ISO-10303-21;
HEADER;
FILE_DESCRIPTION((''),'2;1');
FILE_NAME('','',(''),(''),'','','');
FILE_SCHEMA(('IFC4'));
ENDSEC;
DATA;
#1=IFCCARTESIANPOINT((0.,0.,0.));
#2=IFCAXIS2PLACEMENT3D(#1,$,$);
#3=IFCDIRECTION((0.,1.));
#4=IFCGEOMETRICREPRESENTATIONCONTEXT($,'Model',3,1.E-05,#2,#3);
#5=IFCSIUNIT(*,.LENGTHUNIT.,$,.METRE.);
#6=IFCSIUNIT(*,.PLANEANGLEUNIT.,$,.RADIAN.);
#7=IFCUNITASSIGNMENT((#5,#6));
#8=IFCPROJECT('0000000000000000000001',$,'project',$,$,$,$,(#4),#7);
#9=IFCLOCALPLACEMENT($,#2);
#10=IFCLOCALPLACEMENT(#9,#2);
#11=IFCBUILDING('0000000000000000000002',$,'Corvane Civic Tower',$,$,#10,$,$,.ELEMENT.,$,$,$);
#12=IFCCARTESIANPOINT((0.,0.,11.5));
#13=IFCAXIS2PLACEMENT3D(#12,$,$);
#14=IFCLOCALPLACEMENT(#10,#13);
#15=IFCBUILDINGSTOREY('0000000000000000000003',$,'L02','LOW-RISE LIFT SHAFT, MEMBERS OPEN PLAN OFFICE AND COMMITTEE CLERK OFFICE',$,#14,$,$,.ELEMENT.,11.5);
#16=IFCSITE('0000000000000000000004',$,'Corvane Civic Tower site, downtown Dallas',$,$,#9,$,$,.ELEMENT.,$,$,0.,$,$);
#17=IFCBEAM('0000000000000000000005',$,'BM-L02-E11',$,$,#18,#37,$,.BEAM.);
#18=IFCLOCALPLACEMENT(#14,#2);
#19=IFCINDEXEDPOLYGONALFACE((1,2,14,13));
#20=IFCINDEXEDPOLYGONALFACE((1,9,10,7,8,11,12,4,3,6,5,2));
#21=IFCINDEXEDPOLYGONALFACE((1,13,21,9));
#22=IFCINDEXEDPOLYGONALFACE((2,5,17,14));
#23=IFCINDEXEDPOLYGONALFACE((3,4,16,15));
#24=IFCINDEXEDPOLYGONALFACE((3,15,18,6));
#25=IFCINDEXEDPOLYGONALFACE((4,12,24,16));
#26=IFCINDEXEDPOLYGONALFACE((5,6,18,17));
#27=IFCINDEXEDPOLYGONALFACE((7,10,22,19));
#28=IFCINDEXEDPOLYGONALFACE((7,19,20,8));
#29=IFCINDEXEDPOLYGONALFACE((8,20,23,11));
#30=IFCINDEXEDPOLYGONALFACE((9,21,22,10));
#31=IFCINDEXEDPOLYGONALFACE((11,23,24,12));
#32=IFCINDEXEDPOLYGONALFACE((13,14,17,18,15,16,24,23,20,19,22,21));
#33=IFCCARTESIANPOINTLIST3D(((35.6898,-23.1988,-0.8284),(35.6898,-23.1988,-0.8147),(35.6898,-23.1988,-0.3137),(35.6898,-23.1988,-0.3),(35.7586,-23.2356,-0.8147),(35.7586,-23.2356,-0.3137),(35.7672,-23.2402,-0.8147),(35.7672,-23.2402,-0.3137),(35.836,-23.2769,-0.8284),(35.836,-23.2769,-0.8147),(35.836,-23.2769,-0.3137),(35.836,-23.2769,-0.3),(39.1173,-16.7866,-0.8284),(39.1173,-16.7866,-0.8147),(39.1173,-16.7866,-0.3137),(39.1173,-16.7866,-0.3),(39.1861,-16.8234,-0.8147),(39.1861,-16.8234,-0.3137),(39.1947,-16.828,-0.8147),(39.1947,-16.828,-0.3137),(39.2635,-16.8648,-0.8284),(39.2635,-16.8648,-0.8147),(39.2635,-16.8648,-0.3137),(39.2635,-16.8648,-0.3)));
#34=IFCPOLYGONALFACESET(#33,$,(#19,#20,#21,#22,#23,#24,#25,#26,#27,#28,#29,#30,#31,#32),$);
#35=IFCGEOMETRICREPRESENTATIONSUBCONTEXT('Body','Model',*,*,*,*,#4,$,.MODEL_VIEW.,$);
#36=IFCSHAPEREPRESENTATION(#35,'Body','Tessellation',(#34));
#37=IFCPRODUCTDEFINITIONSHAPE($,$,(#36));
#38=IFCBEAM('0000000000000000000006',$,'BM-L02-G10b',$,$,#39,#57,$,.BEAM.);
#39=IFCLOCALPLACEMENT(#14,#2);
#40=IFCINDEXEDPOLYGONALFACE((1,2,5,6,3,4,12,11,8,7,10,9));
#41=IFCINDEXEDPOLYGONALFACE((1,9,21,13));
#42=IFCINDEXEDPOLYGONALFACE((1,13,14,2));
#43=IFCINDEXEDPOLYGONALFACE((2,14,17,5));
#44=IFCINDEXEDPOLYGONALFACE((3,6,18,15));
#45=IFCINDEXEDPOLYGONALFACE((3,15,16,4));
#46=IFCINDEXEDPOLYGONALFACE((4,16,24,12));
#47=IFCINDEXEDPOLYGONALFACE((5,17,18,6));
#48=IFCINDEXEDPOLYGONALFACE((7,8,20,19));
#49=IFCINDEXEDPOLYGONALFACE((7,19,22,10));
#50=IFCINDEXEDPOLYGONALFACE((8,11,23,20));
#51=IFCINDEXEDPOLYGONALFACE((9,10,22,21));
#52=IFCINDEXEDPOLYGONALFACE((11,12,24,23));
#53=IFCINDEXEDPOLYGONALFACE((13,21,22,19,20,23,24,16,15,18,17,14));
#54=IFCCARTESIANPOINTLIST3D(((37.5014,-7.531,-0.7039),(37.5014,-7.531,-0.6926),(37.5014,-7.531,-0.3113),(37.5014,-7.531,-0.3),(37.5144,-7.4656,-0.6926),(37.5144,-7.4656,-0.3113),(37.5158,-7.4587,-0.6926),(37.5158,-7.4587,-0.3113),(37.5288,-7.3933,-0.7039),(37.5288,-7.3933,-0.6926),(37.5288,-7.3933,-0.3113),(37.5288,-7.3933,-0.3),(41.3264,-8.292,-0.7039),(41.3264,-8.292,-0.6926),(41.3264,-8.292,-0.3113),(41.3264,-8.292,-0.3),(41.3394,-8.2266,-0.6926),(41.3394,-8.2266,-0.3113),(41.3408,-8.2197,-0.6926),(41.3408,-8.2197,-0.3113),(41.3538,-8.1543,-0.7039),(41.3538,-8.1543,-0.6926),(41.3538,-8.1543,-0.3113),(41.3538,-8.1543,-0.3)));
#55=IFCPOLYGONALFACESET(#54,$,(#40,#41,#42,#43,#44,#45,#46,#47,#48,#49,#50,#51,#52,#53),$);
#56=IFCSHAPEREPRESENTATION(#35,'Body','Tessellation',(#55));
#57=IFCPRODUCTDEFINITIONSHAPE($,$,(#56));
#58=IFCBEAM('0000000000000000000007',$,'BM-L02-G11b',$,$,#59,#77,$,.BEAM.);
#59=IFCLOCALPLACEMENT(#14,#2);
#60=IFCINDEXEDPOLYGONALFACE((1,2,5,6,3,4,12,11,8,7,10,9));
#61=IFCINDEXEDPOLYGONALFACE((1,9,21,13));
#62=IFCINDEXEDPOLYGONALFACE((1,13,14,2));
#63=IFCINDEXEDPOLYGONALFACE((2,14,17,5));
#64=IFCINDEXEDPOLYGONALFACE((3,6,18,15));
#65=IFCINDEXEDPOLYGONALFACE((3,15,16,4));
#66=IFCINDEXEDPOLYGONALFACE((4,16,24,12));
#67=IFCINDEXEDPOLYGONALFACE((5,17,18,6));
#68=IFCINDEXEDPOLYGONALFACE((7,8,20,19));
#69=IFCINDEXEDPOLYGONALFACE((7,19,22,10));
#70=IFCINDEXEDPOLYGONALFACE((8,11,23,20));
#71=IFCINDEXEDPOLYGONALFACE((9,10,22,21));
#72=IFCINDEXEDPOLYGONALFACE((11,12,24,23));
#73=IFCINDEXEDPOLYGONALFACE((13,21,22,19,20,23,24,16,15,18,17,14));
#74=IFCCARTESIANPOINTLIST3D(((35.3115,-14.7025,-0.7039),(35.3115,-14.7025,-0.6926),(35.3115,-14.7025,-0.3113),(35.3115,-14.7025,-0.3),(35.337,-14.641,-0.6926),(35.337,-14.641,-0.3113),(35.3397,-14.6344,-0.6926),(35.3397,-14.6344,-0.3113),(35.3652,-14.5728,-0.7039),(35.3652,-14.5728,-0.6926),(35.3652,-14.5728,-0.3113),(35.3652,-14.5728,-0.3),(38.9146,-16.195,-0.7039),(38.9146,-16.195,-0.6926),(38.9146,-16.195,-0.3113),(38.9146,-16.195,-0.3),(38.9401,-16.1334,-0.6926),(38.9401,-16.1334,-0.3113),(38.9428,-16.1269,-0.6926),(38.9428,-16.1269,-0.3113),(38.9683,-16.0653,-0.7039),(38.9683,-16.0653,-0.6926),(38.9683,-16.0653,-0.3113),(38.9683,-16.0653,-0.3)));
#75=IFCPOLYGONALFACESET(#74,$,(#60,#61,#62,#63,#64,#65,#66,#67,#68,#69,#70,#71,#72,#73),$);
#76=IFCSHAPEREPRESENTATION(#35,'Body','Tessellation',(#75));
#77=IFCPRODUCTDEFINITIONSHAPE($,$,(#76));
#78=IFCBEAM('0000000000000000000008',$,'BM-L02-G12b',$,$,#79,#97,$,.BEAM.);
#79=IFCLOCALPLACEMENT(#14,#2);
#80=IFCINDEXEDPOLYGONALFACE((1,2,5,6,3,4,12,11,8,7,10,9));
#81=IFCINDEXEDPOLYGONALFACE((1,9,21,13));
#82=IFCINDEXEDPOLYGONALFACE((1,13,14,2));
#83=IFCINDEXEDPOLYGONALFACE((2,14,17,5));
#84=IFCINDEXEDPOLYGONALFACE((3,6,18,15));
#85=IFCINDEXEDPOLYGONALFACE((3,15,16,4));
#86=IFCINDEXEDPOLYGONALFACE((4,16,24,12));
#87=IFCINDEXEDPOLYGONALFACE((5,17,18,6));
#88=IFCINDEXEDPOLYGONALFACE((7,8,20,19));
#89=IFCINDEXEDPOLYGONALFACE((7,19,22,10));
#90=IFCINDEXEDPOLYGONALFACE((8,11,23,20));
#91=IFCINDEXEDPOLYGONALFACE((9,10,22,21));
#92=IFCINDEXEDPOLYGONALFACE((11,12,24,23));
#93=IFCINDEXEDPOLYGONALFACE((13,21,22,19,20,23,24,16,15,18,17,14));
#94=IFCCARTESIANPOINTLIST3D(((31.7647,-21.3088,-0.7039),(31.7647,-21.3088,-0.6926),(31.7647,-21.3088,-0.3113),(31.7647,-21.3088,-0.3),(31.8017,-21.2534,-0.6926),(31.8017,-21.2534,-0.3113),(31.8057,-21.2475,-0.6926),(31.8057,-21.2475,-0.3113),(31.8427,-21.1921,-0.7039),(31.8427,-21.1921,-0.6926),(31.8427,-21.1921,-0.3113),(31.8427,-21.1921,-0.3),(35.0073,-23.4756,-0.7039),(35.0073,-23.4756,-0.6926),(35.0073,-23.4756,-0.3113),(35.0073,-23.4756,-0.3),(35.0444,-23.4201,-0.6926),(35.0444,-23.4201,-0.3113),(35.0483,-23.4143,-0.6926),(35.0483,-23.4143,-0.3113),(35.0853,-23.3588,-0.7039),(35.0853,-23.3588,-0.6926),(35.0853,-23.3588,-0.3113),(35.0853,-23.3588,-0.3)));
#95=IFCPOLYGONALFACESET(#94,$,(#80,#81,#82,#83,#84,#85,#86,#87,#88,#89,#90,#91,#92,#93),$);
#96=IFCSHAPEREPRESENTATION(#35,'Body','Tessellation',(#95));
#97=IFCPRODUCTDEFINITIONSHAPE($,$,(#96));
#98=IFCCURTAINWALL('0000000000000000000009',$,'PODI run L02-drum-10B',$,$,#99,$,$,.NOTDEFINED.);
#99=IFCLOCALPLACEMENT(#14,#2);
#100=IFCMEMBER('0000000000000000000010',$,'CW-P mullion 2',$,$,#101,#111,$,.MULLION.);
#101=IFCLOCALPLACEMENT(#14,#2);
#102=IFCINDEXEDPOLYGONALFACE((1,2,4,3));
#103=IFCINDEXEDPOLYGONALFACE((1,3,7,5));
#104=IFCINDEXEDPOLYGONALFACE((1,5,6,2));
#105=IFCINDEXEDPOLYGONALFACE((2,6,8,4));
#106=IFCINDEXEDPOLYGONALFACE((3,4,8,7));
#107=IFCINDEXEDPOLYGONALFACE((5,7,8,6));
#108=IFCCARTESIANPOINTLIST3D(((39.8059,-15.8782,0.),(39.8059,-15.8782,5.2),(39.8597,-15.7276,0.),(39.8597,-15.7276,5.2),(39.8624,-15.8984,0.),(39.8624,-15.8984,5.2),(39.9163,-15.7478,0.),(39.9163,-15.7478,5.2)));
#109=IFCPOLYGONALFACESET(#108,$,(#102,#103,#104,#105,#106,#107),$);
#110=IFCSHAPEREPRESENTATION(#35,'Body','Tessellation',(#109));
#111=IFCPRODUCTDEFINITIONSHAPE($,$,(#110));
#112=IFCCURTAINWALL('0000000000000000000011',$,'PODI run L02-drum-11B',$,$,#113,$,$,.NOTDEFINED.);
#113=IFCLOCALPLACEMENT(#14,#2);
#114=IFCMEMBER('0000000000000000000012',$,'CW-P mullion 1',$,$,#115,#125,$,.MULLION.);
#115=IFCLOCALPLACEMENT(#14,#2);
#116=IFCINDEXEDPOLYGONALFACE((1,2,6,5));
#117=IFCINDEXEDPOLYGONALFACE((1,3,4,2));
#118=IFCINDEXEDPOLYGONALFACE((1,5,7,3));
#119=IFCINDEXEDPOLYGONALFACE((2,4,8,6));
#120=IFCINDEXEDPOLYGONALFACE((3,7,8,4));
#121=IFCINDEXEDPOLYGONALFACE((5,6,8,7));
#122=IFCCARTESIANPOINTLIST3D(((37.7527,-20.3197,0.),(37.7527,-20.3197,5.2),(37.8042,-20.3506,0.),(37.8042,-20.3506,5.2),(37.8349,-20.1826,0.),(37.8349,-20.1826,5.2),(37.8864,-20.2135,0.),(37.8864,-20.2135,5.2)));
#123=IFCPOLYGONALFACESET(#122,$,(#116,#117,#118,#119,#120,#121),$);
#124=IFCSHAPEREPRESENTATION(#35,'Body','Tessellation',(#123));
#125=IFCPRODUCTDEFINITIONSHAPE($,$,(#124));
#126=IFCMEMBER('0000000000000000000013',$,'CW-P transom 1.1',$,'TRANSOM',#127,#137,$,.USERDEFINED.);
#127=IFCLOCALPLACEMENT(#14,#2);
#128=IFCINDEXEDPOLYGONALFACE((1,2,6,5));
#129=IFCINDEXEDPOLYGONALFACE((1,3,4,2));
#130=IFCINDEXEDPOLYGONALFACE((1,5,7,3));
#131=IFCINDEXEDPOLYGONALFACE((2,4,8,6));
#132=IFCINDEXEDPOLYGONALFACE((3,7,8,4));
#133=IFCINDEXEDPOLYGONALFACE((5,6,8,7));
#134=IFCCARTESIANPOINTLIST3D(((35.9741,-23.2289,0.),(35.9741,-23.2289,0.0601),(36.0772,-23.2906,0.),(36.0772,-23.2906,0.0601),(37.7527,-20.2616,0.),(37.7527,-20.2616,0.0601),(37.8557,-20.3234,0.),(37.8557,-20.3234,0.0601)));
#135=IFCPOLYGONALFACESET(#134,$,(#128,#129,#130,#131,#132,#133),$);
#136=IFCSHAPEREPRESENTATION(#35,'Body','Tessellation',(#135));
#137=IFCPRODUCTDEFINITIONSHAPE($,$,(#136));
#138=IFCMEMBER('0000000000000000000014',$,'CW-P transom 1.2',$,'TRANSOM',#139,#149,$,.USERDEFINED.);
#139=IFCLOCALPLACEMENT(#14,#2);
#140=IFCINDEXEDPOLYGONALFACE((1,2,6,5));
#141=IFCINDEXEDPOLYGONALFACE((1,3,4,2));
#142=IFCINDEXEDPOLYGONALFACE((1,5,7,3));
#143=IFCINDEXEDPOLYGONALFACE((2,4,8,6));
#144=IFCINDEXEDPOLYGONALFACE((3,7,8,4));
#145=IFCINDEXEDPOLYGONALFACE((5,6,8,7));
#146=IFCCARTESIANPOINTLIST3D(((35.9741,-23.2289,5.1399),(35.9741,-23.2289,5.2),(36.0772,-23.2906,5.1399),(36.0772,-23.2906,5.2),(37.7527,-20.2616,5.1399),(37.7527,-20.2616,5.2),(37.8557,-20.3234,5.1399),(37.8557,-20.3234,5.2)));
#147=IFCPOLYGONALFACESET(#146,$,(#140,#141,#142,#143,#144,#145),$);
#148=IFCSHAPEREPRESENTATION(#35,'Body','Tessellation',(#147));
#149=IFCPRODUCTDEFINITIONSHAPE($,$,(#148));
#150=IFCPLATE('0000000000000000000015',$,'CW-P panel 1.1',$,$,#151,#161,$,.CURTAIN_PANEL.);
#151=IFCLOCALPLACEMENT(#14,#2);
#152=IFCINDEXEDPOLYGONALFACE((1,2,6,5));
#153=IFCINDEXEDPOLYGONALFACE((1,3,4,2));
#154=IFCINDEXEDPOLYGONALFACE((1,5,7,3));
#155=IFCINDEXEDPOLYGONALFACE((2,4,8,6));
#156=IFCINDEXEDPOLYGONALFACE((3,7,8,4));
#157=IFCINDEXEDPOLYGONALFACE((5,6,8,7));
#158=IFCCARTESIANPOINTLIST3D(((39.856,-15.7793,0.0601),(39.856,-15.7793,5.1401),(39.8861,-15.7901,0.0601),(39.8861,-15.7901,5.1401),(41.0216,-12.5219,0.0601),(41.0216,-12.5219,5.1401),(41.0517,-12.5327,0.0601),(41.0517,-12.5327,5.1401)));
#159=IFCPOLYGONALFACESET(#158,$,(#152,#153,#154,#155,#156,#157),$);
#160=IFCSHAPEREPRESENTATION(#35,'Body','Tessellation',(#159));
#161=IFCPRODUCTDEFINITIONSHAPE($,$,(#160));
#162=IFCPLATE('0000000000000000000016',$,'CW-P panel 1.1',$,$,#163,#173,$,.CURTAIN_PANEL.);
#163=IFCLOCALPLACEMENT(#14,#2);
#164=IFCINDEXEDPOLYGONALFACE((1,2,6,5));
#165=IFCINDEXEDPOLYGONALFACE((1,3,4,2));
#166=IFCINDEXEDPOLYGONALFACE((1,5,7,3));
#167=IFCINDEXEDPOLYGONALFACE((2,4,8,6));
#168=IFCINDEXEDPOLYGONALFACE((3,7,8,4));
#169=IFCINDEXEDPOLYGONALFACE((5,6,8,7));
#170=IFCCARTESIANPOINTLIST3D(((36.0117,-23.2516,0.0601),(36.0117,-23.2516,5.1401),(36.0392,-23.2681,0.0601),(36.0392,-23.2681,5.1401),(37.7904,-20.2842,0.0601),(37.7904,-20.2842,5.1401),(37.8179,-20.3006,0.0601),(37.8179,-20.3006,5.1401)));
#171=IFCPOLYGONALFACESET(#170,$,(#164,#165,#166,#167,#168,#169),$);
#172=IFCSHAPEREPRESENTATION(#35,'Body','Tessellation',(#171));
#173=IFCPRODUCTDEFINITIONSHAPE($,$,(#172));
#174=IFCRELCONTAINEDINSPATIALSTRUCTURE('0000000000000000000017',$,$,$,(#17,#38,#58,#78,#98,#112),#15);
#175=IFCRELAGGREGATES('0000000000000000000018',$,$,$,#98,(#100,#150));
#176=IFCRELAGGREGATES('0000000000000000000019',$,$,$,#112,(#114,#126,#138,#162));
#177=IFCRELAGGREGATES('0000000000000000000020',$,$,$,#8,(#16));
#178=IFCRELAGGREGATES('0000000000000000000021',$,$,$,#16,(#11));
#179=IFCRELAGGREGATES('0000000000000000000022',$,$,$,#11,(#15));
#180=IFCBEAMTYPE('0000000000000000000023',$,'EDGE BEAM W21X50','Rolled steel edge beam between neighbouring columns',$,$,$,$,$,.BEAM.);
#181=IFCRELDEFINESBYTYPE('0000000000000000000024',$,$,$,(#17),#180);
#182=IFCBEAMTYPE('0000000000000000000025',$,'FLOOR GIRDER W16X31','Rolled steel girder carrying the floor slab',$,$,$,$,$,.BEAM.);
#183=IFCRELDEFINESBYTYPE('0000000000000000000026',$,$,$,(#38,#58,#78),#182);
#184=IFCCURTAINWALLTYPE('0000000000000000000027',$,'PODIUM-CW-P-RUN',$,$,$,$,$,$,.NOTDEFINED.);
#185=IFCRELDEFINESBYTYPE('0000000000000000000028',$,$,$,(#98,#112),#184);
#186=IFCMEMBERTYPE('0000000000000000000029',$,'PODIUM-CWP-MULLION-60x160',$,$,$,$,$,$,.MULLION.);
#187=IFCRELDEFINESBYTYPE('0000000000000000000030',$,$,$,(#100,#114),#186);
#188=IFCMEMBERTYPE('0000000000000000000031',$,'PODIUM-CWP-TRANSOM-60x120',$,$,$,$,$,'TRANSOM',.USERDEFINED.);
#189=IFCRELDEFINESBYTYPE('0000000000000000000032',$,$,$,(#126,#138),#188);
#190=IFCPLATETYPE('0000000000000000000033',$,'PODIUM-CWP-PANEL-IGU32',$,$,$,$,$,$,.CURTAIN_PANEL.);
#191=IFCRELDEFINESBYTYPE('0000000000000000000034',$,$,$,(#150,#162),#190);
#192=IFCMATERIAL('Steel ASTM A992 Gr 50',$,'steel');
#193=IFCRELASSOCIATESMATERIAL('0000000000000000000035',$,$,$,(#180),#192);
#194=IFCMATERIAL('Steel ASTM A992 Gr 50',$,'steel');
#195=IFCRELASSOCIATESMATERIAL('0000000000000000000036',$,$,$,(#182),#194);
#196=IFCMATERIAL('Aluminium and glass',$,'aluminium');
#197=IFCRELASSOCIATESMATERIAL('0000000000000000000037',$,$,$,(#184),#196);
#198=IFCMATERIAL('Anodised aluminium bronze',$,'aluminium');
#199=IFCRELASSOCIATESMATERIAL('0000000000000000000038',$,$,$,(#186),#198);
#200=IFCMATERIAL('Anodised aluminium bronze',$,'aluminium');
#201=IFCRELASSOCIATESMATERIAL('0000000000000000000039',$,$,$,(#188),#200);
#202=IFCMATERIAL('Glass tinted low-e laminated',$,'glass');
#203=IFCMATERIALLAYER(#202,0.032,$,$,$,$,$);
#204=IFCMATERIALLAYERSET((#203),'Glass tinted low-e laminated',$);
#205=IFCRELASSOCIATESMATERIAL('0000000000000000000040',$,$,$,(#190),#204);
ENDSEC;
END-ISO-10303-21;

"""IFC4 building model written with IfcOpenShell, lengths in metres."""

from ifc_helpers import new_model, si_unit, direction, frame, origin, origin_2d, place, context, subcontext, project, spatial, rectangle, i_section, extrude, material, layer, layer_set, material_profile, profile_set, type_object, element, aggregate, save


model = new_model("IFC4")

# Units and contexts
model_context = context("Model", 3, precision=1e-05, world=origin(), true_north=direction((0.0, 1.0)))
body_context = subcontext(model_context, "Body", "Model", "MODEL_VIEW")
ifc_project = project(units=[si_unit("LENGTHUNIT", "METRE"), si_unit("PLANEANGLEUNIT", "RADIAN")], contexts=[model_context])

# Site, building, storey
site_placement = place(None, origin())
site = spatial("IfcSite", under=ifc_project, at=site_placement, Name="Corvane Civic Tower site, downtown Dallas", CompositionType="ELEMENT", RefElevation=0.0)
building_placement = place(site_placement, origin())
building = spatial("IfcBuilding", under=site, at=building_placement, Name="Corvane Civic Tower", CompositionType="ELEMENT")
storey_placement = place(building_placement, frame((0.0, 0.0, 11.5)))
storey = spatial("IfcBuildingStorey", under=building, at=storey_placement, Name="L02", Description="LOW-RISE LIFT SHAFT, MEMBERS OPEN PLAN OFFICE AND COMMITTEE CLERK OFFICE", CompositionType="ELEMENT", Elevation=11.5)

# Beams
ifc_material_1 = material(Name="Steel ASTM A992 Gr 50", Category="steel")
ifc_material_profile_1 = material_profile(ifc_material_1, i_section(OverallWidth=0.1658, OverallDepth=0.5283, WebThickness=0.0098, FlangeThickness=0.0137, at=origin_2d()), Name="W21X50")
ifc_profile_set_1 = profile_set([ifc_material_profile_1], Name="Steel ASTM A992 Gr 50")
beam_type_1 = type_object("IfcBeamType", Name="EDGE BEAM W21X50", Description="Rolled steel edge beam between neighbouring columns", PredefinedType="BEAM", material=ifc_profile_set_1)
beam_placement = place(storey_placement, frame((39.1904, -16.8257, -0.5642), z_axis=(-0.471412, -0.881913, 0.0), x_axis=(0.881913, -0.471412, 0.0)))
element("IfcBeam", 1, at=beam_placement, inside=storey, type_object=beam_type_1, Name="BM-L02-E11", PredefinedType="BEAM", context=body_context, shape_type="SweptSolid", body=[
    extrude(i_section(OverallWidth=0.1658, OverallDepth=0.5283, WebThickness=0.0098, FlangeThickness=0.0137, at=origin_2d()), origin(), (0.0, 0.0, 1.0), 7.2708),
])
ifc_material_2 = material(Name="Steel ASTM A992 Gr 50", Category="steel")
ifc_material_profile_2 = material_profile(ifc_material_2, i_section(OverallWidth=0.1404, OverallDepth=0.4038, WebThickness=0.0071, FlangeThickness=0.0112, at=origin_2d()), Name="W16X31")
ifc_profile_set_2 = profile_set([ifc_material_profile_2], Name="Steel ASTM A992 Gr 50")
beam_type_2 = type_object("IfcBeamType", Name="FLOOR GIRDER W16X31", Description="Rolled steel girder carrying the floor slab", PredefinedType="BEAM", material=ifc_profile_set_2)
for number, where, z_axis, x_axis, name in (
    (2, (37.5151, -7.4622, -0.502), (0.980778, -0.195129, 0.0), (0.195129, 0.980778, 0.0), "BM-L02-G10b"),
    (3, (35.3384, -14.6377, -0.502), (0.923879, -0.382685, 0.0), (0.382685, 0.923879, 0.0), "BM-L02-G11b"),
    (4, (31.8037, -21.2505, -0.502), (0.831462, -0.555581, 0.0), (0.555581, 0.831462, 0.0), "BM-L02-G12b"),
):
    element("IfcBeam", number, at=place(storey_placement, frame(where, z_axis=z_axis, x_axis=x_axis)), inside=storey, type_object=beam_type_2, Name=name, PredefinedType="BEAM", context=body_context, shape_type="SweptSolid", body=[
        extrude(i_section(OverallWidth=0.1404, OverallDepth=0.4038, WebThickness=0.0071, FlangeThickness=0.0112, at=origin_2d()), origin(), (0.0, 0.0, 1.0), 3.8999),
    ])

# Curtain wall, member
ifc_material_3 = material(Name="Aluminium and glass", Category="aluminium")
curtain_wall_type = type_object("IfcCurtainWallType", Name="PODIUM-CW-P-RUN", PredefinedType="NOTDEFINED", material=ifc_material_3)
curtain_wall_1_placement = place(storey_placement, origin())
curtain_wall_1 = element("IfcCurtainWall", 5, at=curtain_wall_1_placement, inside=storey, type_object=curtain_wall_type, Name="PODI run L02-drum-10B", PredefinedType="NOTDEFINED")
ifc_material_4 = material(Name="Anodised aluminium bronze", Category="aluminium")
ifc_material_profile_3 = material_profile(ifc_material_4, rectangle(XDim=0.0601, YDim=0.1599, at=origin_2d()), Name="AL 60x160")
ifc_profile_set_3 = profile_set([ifc_material_profile_3], Name="Anodised aluminium bronze")
member_type_1 = type_object("IfcMemberType", Name="PODIUM-CWP-MULLION-60x160", PredefinedType="MULLION", material=ifc_profile_set_3)
member_1_placement = place(storey_placement, frame((39.8611, -15.813, 0.0), z_axis=(0.0, 0.0, 1.0), x_axis=(0.941534, -0.336919, 0.0)))
member_1 = element("IfcMember", 6, at=member_1_placement, type_object=member_type_1, Name="CW-P mullion 2", PredefinedType="MULLION", context=body_context, shape_type="SweptSolid", body=[
    extrude(rectangle(XDim=0.0601, YDim=0.1599, at=origin_2d()), origin(), (0.0, 0.0, 1.0), 5.2),
])

# Curtain wall, members
curtain_wall_2_placement = place(storey_placement, origin())
curtain_wall_2 = element("IfcCurtainWall", 7, at=curtain_wall_2_placement, inside=storey, type_object=curtain_wall_type, Name="PODI run L02-drum-11B", PredefinedType="NOTDEFINED")
member_2_placement = place(storey_placement, frame((37.8196, -20.2666, 0.0), z_axis=(0.0, 0.0, 1.0), x_axis=(0.85772, -0.514118, 0.0)))
member_2 = element("IfcMember", 8, at=member_2_placement, type_object=member_type_1, Name="CW-P mullion 1", PredefinedType="MULLION", context=body_context, shape_type="SweptSolid", body=[
    extrude(rectangle(XDim=0.0601, YDim=0.1599, at=origin_2d()), origin(), (0.0, 0.0, 1.0), 5.2),
])
ifc_material_5 = material(Name="Anodised aluminium bronze", Category="aluminium")
ifc_material_profile_4 = material_profile(ifc_material_5, rectangle(XDim=0.1201, YDim=0.0601, at=origin_2d()), Name="AL 120x60")
ifc_profile_set_4 = profile_set([ifc_material_profile_4], Name="Anodised aluminium bronze")
member_type_2 = type_object("IfcMemberType", Name="PODIUM-CWP-TRANSOM-60x120", ElementType="TRANSOM", PredefinedType="USERDEFINED", material=ifc_profile_set_4)
member_3_placement = place(storey_placement, frame((37.8042, -20.2925, 0.03), z_axis=(-0.514112, -0.857723, 0.0), x_axis=(0.857723, -0.514112, 0.0)))
member_3 = element("IfcMember", 9, at=member_3_placement, type_object=member_type_2, Name="CW-P transom 1.1", ObjectType="TRANSOM", PredefinedType="USERDEFINED", context=body_context, shape_type="SweptSolid", body=[
    extrude(rectangle(XDim=0.1201, YDim=0.0601, at=origin_2d()), origin(), (0.0, 0.0, 1.0), 3.4595),
])
member_4_placement = place(storey_placement, frame((37.8042, -20.2925, 5.1699), z_axis=(-0.514112, -0.857723, 0.0), x_axis=(0.857723, -0.514112, 0.0)))
member_4 = element("IfcMember", 10, at=member_4_placement, type_object=member_type_2, Name="CW-P transom 1.2", ObjectType="TRANSOM", PredefinedType="USERDEFINED", context=body_context, shape_type="SweptSolid", body=[
    extrude(rectangle(XDim=0.1201, YDim=0.0601, at=origin_2d()), origin(), (0.0, 0.0, 1.0), 3.4595),
])

# Plates
ifc_material_6 = material(Name="Glass tinted low-e laminated", Category="glass")
ifc_layer_1 = layer(ifc_material_6, 0.032)
ifc_layer_set_1 = layer_set([ifc_layer_1], Name="Glass tinted low-e laminated")
plate_type = type_object("IfcPlateType", Name="PODIUM-CWP-PANEL-IGU32", PredefinedType="CURTAIN_PANEL", material=ifc_layer_set_1)
plate_1_placement = place(storey_placement, frame((40.4539, -14.156, 0.0601), z_axis=(0.0, 0.0, 1.0), x_axis=(-0.336919, -0.941534, 0.0)))
plate_1 = element("IfcPlate", 11, at=plate_1_placement, type_object=plate_type, Name="CW-P panel 1.1", PredefinedType="CURTAIN_PANEL", context=body_context, shape_type="SweptSolid", body=[
    extrude(rectangle(XDim=3.4597, YDim=0.032, at=origin_2d()), origin(), (0.0, 0.0, 1.0), 5.0801),
])
aggregate(curtain_wall_1, [member_1, plate_1])
plate_2_placement = place(storey_placement, frame((36.9148, -21.7761, 0.0601), z_axis=(0.0, 0.0, 1.0), x_axis=(-0.514118, -0.85772, 0.0)))
plate_2 = element("IfcPlate", 12, at=plate_2_placement, type_object=plate_type, Name="CW-P panel 1.1", PredefinedType="CURTAIN_PANEL", context=body_context, shape_type="SweptSolid", body=[
    extrude(rectangle(XDim=3.4597, YDim=0.032, at=origin_2d()), origin(), (0.0, 0.0, 1.0), 5.0801),
])
aggregate(curtain_wall_2, [member_2, member_3, member_4, plate_2])

save(model, "model.ifc")
